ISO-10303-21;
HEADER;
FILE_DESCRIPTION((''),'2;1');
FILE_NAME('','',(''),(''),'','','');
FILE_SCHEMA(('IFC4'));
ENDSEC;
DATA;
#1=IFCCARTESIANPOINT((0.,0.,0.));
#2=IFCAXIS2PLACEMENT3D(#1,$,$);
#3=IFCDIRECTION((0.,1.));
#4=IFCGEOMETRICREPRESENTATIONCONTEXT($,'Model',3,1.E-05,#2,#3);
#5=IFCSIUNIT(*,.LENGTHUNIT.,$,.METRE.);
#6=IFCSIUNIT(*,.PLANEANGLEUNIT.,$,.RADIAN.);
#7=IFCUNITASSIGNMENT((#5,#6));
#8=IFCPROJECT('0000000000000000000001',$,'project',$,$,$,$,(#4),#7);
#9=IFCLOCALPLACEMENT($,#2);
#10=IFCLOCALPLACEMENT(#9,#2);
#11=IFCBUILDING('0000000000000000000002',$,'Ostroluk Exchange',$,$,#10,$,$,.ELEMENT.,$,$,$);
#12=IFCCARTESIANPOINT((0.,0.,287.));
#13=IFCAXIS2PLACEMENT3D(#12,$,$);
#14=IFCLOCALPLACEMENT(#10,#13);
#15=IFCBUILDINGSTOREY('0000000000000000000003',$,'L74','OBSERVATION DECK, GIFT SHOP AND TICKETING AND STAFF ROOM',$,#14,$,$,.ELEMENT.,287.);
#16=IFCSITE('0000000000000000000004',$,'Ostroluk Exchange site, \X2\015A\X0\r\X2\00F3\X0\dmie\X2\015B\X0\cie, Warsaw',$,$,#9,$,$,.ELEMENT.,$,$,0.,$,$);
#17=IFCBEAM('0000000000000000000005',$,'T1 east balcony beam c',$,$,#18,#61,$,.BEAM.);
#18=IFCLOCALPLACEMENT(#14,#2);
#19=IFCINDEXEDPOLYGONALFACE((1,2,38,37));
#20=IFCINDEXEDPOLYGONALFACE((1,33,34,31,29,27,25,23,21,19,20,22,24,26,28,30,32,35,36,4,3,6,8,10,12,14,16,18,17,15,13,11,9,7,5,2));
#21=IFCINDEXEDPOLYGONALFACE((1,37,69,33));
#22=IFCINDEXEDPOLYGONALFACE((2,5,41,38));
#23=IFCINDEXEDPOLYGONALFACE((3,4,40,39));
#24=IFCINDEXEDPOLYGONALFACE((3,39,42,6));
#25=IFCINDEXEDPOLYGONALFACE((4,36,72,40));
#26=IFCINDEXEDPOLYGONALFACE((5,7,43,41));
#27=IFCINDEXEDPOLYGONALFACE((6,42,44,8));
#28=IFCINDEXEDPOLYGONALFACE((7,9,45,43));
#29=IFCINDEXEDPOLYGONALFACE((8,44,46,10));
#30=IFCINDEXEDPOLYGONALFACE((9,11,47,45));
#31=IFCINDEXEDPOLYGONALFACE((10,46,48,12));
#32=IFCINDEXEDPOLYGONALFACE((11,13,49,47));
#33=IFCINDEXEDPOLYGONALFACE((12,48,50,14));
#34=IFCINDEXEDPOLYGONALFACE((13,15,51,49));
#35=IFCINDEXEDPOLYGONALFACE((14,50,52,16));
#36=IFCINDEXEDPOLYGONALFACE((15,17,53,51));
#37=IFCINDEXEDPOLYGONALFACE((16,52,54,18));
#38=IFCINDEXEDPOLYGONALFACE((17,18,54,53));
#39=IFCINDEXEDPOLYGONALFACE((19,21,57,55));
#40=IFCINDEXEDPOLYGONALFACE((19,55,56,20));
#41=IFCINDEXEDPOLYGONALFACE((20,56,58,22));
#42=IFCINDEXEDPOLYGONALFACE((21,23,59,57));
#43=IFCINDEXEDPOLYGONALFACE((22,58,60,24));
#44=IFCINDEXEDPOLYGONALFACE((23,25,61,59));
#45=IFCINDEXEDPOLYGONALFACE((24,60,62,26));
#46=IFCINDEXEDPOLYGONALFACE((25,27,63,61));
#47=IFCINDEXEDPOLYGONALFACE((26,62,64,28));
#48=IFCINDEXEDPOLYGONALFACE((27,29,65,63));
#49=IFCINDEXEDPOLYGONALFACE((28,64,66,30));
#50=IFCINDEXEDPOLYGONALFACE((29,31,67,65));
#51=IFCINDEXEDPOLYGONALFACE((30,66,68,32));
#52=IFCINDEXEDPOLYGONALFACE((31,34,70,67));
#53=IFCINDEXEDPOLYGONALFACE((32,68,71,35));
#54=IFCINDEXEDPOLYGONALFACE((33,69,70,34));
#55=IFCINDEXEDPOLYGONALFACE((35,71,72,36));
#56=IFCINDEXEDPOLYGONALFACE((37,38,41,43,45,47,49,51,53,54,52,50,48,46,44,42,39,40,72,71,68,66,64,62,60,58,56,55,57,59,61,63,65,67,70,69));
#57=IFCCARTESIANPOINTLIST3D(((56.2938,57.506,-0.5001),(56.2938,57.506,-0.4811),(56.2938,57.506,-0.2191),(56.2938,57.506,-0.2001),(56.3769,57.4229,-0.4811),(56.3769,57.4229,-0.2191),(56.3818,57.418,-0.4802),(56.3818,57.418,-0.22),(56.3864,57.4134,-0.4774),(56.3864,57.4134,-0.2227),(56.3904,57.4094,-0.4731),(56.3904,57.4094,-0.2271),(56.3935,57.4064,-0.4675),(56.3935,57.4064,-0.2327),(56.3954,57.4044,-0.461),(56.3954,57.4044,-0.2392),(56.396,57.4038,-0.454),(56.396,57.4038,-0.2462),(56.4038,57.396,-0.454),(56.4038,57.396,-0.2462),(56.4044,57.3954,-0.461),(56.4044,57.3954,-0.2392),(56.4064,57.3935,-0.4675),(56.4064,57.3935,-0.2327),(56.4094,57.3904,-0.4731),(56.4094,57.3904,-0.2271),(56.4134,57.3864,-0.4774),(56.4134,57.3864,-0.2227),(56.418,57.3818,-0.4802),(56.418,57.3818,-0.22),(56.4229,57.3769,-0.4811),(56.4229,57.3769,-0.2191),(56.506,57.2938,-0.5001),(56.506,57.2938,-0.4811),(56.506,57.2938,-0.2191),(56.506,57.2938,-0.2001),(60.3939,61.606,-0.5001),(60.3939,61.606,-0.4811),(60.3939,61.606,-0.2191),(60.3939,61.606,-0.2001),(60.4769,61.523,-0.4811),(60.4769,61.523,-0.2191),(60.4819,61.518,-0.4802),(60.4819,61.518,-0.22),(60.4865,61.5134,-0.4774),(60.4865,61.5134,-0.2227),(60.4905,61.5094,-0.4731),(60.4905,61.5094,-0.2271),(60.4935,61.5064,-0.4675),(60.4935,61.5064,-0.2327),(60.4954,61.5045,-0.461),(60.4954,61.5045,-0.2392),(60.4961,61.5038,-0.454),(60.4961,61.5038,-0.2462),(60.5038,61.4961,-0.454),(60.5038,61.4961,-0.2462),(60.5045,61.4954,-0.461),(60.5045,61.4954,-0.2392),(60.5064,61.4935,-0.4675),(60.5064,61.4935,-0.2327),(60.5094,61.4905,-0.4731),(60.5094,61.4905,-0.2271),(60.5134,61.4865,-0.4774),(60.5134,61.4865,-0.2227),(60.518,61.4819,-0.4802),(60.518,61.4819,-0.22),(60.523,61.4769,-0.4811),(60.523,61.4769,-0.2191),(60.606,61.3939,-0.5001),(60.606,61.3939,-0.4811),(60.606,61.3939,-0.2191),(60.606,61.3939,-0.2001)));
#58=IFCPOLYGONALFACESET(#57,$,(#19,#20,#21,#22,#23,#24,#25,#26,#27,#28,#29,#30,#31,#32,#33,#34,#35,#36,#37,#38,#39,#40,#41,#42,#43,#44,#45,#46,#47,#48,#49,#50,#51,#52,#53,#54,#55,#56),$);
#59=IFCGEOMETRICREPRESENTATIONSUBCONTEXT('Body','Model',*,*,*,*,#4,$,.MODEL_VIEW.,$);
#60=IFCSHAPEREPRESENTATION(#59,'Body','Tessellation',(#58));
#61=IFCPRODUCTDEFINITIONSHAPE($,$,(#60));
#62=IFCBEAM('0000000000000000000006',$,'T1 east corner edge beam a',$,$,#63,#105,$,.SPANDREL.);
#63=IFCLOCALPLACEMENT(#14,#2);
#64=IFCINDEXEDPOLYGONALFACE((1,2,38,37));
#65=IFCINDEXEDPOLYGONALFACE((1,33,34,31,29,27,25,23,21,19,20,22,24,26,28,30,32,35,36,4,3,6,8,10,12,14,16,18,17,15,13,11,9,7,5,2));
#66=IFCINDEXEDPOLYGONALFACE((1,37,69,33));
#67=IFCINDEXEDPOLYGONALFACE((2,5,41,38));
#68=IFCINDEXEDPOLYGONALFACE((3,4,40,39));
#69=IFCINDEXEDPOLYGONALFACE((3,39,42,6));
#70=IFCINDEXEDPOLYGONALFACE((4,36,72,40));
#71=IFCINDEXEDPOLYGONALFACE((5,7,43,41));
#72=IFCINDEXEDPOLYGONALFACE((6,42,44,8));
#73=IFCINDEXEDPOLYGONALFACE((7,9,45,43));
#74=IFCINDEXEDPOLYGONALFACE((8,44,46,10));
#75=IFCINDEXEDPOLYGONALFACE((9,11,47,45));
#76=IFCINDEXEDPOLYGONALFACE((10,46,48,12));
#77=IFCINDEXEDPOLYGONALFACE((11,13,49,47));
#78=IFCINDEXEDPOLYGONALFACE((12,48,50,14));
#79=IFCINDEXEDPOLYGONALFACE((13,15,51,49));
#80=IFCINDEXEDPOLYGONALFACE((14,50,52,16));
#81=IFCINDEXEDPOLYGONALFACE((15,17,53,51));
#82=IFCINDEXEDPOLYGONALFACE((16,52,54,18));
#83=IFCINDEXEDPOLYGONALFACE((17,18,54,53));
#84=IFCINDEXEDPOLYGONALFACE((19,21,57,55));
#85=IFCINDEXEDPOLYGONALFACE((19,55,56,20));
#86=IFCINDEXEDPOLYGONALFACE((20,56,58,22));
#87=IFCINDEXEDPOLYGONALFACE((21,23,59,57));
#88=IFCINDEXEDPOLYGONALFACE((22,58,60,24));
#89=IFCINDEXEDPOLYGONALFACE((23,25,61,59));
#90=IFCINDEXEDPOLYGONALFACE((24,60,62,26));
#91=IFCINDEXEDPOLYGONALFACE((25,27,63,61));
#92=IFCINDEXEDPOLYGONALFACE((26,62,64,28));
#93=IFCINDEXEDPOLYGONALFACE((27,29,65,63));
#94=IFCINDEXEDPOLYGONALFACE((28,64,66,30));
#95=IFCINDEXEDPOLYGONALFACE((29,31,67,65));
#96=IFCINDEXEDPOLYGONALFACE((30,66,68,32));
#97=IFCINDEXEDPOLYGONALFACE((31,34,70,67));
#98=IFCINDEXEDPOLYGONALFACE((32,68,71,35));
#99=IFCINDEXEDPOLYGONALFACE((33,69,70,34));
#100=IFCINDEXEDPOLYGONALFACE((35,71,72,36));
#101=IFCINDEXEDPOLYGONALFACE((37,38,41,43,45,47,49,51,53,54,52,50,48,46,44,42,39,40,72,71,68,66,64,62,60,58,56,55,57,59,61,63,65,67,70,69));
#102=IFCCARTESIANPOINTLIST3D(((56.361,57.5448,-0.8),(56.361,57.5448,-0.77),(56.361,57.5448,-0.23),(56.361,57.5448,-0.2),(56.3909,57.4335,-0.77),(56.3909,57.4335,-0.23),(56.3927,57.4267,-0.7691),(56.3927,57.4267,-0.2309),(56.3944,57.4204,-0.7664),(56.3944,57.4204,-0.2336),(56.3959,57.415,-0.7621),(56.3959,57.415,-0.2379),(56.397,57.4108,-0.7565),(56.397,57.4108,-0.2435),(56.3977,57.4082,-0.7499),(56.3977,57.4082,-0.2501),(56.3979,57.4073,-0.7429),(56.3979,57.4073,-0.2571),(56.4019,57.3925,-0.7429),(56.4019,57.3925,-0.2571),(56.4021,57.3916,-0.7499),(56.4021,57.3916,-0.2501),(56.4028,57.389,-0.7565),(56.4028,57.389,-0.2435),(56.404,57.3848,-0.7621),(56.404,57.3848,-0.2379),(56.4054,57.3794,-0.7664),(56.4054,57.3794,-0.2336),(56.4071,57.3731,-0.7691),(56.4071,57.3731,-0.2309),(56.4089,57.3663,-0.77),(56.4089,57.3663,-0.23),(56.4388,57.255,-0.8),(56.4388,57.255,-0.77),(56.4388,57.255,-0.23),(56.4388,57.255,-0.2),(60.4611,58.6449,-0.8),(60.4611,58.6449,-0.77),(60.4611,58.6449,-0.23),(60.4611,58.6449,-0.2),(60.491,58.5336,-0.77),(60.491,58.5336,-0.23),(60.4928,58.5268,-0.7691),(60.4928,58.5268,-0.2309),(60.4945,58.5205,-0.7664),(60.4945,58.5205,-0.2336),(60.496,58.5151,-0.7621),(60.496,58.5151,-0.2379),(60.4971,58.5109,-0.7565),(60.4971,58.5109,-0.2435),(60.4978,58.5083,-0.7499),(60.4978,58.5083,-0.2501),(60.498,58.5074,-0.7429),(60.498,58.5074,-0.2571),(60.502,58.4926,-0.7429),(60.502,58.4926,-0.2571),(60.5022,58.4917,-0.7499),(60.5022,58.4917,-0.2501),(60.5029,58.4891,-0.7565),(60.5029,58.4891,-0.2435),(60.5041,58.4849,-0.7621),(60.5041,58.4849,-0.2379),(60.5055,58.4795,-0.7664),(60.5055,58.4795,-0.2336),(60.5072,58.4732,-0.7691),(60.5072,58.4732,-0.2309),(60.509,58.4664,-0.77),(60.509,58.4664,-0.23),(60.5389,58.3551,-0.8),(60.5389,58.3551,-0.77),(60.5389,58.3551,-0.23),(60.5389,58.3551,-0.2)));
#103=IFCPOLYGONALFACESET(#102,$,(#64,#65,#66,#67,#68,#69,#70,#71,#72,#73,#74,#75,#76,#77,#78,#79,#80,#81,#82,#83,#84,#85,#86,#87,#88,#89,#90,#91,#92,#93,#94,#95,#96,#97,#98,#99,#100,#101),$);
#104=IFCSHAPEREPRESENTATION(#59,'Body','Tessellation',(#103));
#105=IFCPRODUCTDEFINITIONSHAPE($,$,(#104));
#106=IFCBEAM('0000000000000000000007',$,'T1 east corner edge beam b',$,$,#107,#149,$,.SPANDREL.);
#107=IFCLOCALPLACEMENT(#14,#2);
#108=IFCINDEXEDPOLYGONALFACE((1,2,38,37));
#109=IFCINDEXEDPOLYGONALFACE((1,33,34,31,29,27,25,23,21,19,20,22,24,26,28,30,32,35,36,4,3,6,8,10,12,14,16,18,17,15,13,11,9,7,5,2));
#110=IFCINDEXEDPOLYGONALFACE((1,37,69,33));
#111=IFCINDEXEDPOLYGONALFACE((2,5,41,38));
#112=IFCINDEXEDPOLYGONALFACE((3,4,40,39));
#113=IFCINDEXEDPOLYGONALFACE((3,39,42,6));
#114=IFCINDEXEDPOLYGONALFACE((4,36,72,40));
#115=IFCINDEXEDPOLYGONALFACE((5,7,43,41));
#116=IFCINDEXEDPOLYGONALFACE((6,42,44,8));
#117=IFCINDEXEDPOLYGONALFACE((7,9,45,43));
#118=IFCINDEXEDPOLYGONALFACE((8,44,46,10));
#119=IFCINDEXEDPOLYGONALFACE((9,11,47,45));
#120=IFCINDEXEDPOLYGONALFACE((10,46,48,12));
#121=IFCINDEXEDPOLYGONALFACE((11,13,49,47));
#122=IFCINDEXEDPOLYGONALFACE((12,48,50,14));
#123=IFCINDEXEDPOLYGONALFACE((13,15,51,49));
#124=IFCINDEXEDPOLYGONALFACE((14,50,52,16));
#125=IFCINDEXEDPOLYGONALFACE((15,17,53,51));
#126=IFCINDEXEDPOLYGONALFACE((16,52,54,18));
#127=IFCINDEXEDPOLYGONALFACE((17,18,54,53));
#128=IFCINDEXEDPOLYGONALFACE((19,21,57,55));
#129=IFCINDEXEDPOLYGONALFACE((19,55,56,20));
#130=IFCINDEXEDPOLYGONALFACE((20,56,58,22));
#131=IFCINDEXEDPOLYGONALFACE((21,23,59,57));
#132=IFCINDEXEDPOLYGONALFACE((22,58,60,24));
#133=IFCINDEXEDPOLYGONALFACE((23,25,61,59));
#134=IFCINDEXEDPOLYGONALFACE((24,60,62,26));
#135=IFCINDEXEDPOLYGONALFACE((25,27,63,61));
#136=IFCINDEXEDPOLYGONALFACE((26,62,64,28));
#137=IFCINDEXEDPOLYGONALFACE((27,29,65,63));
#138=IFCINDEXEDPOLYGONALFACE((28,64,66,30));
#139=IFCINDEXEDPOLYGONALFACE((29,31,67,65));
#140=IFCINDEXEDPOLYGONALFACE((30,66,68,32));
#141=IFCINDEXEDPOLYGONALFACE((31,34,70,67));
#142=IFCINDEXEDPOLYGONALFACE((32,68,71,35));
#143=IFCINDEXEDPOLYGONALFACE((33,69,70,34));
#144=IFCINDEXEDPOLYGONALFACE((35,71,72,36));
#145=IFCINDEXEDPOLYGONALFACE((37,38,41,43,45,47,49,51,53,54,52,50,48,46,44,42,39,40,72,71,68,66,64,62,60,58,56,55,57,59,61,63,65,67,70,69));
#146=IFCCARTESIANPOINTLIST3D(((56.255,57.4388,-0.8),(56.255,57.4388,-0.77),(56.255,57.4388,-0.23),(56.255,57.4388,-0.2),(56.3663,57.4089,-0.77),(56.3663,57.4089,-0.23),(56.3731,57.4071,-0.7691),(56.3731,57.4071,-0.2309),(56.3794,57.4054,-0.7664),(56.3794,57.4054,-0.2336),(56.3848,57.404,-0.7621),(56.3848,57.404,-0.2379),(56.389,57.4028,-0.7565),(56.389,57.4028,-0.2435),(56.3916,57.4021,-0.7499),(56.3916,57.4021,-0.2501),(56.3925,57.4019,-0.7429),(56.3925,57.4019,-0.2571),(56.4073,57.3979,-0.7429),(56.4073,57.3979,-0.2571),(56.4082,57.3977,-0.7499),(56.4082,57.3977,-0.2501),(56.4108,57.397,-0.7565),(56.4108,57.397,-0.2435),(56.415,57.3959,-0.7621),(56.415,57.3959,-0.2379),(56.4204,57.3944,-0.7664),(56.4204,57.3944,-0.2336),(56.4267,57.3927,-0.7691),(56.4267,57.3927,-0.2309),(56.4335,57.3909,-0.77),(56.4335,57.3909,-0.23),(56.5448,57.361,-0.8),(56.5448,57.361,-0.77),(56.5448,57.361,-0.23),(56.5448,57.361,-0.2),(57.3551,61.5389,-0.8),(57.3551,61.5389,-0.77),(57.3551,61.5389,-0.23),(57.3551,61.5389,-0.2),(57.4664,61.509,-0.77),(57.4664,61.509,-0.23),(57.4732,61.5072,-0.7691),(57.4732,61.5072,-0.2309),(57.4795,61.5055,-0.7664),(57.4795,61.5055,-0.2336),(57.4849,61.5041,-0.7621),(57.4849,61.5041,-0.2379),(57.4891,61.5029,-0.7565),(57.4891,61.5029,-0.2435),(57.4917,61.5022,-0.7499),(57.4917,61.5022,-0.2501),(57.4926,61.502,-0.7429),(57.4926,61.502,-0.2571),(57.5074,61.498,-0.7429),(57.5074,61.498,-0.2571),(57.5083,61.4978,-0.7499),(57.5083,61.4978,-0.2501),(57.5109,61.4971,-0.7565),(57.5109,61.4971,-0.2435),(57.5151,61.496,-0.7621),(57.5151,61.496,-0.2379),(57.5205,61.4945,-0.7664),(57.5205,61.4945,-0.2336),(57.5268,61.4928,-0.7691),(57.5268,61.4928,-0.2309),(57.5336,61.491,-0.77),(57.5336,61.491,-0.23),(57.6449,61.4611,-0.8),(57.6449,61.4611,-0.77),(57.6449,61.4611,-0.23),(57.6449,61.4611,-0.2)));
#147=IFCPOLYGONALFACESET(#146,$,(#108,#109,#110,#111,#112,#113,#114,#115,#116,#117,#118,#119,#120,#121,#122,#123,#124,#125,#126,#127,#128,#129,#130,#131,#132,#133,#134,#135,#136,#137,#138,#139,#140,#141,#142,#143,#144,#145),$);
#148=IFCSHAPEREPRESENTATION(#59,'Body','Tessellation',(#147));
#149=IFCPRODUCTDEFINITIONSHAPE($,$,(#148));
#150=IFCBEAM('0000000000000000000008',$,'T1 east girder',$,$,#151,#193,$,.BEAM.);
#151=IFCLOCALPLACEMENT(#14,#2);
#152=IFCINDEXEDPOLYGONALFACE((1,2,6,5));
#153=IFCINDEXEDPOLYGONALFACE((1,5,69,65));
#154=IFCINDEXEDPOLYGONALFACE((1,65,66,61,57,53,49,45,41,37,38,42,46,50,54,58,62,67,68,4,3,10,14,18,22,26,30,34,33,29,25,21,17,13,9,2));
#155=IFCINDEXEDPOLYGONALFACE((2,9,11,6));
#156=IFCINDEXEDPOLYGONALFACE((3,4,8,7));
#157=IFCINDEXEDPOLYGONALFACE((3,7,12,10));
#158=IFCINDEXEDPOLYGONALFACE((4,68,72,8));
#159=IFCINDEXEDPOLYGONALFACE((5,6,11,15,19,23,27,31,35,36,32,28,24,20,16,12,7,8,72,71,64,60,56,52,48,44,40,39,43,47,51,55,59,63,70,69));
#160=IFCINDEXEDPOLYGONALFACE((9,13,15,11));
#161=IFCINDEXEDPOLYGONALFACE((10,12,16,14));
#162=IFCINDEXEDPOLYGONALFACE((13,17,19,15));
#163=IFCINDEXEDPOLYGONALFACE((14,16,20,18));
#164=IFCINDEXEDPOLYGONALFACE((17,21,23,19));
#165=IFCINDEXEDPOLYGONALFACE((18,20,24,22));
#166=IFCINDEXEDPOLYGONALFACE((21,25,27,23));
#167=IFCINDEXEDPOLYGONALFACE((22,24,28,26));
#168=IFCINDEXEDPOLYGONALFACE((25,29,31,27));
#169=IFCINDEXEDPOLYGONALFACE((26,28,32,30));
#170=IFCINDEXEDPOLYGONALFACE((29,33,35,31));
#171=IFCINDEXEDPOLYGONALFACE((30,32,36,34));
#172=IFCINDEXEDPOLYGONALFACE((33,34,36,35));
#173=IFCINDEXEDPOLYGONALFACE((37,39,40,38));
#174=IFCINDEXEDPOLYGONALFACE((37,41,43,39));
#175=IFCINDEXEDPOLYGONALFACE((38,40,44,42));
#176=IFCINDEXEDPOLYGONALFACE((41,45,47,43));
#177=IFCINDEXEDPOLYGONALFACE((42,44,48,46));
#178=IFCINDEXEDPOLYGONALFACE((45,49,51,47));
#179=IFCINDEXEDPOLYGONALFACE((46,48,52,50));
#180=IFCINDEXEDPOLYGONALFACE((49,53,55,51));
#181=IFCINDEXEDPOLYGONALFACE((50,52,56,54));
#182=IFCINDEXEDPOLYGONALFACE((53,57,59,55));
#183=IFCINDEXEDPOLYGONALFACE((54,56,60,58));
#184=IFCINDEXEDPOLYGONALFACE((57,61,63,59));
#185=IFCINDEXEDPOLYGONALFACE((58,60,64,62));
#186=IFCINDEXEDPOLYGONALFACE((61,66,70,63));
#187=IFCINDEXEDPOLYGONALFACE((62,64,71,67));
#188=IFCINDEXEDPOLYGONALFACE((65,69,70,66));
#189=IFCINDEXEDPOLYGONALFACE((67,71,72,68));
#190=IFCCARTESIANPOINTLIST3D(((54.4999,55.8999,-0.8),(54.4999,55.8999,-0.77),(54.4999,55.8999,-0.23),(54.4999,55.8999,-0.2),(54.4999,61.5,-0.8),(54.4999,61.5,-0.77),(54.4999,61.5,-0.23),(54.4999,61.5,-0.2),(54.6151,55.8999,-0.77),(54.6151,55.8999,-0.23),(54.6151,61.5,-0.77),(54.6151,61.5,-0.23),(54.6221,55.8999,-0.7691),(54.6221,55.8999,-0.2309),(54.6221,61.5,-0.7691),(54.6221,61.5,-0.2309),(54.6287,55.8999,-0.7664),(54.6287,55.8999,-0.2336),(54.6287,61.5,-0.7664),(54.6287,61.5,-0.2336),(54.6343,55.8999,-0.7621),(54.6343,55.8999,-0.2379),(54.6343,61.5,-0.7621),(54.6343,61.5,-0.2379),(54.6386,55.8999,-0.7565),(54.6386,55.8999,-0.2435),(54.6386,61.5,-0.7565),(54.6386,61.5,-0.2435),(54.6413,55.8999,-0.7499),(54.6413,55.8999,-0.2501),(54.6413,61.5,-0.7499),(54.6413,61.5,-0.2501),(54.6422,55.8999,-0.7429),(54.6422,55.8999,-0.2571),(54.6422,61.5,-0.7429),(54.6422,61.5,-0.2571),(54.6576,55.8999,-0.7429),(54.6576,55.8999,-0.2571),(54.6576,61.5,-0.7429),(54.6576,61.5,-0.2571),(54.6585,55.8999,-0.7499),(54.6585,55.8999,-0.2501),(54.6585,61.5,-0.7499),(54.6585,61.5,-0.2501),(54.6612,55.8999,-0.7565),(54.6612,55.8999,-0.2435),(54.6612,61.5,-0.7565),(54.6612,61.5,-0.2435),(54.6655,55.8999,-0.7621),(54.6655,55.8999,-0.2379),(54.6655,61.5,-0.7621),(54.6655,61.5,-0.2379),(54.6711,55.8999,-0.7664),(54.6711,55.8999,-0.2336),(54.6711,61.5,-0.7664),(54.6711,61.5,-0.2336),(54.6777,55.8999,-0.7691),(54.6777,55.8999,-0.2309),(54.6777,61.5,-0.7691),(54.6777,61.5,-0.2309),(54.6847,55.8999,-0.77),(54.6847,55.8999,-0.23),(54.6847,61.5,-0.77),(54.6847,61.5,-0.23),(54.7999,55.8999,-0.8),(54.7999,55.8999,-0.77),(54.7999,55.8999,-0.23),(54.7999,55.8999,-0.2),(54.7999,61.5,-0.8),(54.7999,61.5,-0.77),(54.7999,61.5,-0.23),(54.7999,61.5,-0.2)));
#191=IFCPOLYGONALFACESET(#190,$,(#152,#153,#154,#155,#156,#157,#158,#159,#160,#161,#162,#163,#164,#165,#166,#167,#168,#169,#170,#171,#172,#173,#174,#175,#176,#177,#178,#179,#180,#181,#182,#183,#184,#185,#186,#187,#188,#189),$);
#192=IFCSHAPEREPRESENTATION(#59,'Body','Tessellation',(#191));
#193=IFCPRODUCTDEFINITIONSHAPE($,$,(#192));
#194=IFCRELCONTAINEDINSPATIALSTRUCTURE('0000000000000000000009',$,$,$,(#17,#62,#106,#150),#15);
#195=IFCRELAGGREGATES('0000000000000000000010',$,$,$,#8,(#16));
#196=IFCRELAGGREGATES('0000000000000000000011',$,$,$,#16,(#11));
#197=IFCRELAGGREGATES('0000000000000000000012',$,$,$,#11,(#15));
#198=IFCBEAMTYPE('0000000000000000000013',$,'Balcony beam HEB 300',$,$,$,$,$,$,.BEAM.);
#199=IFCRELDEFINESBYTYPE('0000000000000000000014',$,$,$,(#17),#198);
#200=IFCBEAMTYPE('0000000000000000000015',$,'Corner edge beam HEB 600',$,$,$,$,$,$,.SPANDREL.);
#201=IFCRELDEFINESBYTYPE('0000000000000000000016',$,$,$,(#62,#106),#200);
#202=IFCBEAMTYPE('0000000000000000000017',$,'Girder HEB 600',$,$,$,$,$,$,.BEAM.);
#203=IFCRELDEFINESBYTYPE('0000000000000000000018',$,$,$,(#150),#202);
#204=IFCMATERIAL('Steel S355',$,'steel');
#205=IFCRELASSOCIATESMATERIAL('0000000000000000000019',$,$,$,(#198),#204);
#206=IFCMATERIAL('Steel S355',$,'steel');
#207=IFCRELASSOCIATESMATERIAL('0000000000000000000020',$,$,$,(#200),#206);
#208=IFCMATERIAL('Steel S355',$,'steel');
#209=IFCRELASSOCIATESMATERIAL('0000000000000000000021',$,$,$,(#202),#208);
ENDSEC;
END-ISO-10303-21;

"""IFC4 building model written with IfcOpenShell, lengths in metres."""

from ifc_helpers import new_model, si_unit, direction, frame, origin, origin_2d, place, context, subcontext, project, spatial, i_section, extrude, material, material_profile, profile_set, type_object, element, save


model = new_model("IFC4")

# Units and contexts
model_context = context("Model", 3, precision=1e-05, world=origin(), true_north=direction((0.0, 1.0)))
body_context = subcontext(model_context, "Body", "Model", "MODEL_VIEW")
ifc_project = project(units=[si_unit("LENGTHUNIT", "METRE"), si_unit("PLANEANGLEUNIT", "RADIAN")], contexts=[model_context])

# Site, building, storey
site_placement = place(None, origin())
site = spatial("IfcSite", under=ifc_project, at=site_placement, Name="Ostroluk Exchange site, Śródmieście, Warsaw", CompositionType="ELEMENT", RefElevation=0.0)
building_placement = place(site_placement, origin())
building = spatial("IfcBuilding", under=site, at=building_placement, Name="Ostroluk Exchange", CompositionType="ELEMENT")
storey_placement = place(building_placement, frame((0.0, 0.0, 287.0)))
storey = spatial("IfcBuildingStorey", under=building, at=storey_placement, Name="L74", Description="OBSERVATION DECK, GIFT SHOP AND TICKETING AND STAFF ROOM", CompositionType="ELEMENT", Elevation=287.0)

# Beams
ifc_material_1 = material(Name="Steel S355", Category="steel")
ifc_material_profile_1 = material_profile(ifc_material_1, i_section(OverallWidth=0.3, OverallDepth=0.3, WebThickness=0.011, FlangeThickness=0.019, FilletRadius=0.0271, at=origin_2d()), Name="HEB 300")
ifc_profile_set_1 = profile_set([ifc_material_profile_1], Name="Steel S355")
beam_type_1 = type_object("IfcBeamType", Name="Balcony beam HEB 300", PredefinedType="BEAM", material=ifc_profile_set_1)
beam_1_placement = place(storey_placement, frame((56.3999, 57.3999, -0.3501), z_axis=(0.707107, 0.707107, 0.0), x_axis=(-0.707107, 0.707107, 0.0)))
element("IfcBeam", 1, at=beam_1_placement, inside=storey, type_object=beam_type_1, Name="T1 east balcony beam c", PredefinedType="BEAM", context=body_context, shape_type="SweptSolid", body=[
    extrude(i_section(OverallWidth=0.3, OverallDepth=0.3, WebThickness=0.011, FlangeThickness=0.019, FilletRadius=0.0271, at=origin_2d()), origin(), (0.0, 0.0, 1.0), 5.7983),
])
ifc_material_2 = material(Name="Steel S355", Category="steel")
ifc_material_profile_2 = material_profile(ifc_material_2, i_section(OverallWidth=0.3, OverallDepth=0.6001, WebThickness=0.0154, FlangeThickness=0.03, FilletRadius=0.0271, at=origin_2d()), Name="HEB 600")
ifc_profile_set_2 = profile_set([ifc_material_profile_2], Name="Steel S355")
beam_type_2 = type_object("IfcBeamType", Name="Corner edge beam HEB 600", PredefinedType="SPANDREL", material=ifc_profile_set_2)
for number, where, z_axis, x_axis, name in (
    (2, (56.3999, 57.3999, -0.5), (0.965839, 0.259144, 0.0), (-0.259144, 0.965839, 0.0), "T1 east corner edge beam a"),
    (3, (56.3999, 57.3999, -0.5), (0.259144, 0.965839, 0.0), (-0.965839, 0.259144, 0.0), "T1 east corner edge beam b"),
):
    element("IfcBeam", number, at=place(storey_placement, frame(where, z_axis=z_axis, x_axis=x_axis)), inside=storey, type_object=beam_type_2, Name=name, PredefinedType="SPANDREL", context=body_context, shape_type="SweptSolid", body=[
        extrude(i_section(OverallWidth=0.3, OverallDepth=0.6001, WebThickness=0.0154, FlangeThickness=0.03, FilletRadius=0.0271, at=origin_2d()), origin(), (0.0, 0.0, 1.0), 4.2451),
    ])
ifc_material_3 = material(Name="Steel S355", Category="steel")
ifc_material_profile_3 = material_profile(ifc_material_3, i_section(OverallWidth=0.3, OverallDepth=0.6001, WebThickness=0.0154, FlangeThickness=0.03, FilletRadius=0.0271, at=origin_2d()), Name="HEB 600")
ifc_profile_set_3 = profile_set([ifc_material_profile_3], Name="Steel S355")
beam_type_3 = type_object("IfcBeamType", Name="Girder HEB 600", PredefinedType="BEAM", material=ifc_profile_set_3)
beam_2_placement = place(storey_placement, frame((54.6499, 55.8999, -0.5), z_axis=(0.0, 1.0, 0.0), x_axis=(-1.0, 0.0, 0.0)))
element("IfcBeam", 4, at=beam_2_placement, inside=storey, type_object=beam_type_3, Name="T1 east girder", PredefinedType="BEAM", context=body_context, shape_type="SweptSolid", body=[
    extrude(i_section(OverallWidth=0.3, OverallDepth=0.6001, WebThickness=0.0154, FlangeThickness=0.03, FilletRadius=0.0271, at=origin_2d()), origin(), (0.0, 0.0, 1.0), 5.6001),
])

save(model, "model.ifc")
